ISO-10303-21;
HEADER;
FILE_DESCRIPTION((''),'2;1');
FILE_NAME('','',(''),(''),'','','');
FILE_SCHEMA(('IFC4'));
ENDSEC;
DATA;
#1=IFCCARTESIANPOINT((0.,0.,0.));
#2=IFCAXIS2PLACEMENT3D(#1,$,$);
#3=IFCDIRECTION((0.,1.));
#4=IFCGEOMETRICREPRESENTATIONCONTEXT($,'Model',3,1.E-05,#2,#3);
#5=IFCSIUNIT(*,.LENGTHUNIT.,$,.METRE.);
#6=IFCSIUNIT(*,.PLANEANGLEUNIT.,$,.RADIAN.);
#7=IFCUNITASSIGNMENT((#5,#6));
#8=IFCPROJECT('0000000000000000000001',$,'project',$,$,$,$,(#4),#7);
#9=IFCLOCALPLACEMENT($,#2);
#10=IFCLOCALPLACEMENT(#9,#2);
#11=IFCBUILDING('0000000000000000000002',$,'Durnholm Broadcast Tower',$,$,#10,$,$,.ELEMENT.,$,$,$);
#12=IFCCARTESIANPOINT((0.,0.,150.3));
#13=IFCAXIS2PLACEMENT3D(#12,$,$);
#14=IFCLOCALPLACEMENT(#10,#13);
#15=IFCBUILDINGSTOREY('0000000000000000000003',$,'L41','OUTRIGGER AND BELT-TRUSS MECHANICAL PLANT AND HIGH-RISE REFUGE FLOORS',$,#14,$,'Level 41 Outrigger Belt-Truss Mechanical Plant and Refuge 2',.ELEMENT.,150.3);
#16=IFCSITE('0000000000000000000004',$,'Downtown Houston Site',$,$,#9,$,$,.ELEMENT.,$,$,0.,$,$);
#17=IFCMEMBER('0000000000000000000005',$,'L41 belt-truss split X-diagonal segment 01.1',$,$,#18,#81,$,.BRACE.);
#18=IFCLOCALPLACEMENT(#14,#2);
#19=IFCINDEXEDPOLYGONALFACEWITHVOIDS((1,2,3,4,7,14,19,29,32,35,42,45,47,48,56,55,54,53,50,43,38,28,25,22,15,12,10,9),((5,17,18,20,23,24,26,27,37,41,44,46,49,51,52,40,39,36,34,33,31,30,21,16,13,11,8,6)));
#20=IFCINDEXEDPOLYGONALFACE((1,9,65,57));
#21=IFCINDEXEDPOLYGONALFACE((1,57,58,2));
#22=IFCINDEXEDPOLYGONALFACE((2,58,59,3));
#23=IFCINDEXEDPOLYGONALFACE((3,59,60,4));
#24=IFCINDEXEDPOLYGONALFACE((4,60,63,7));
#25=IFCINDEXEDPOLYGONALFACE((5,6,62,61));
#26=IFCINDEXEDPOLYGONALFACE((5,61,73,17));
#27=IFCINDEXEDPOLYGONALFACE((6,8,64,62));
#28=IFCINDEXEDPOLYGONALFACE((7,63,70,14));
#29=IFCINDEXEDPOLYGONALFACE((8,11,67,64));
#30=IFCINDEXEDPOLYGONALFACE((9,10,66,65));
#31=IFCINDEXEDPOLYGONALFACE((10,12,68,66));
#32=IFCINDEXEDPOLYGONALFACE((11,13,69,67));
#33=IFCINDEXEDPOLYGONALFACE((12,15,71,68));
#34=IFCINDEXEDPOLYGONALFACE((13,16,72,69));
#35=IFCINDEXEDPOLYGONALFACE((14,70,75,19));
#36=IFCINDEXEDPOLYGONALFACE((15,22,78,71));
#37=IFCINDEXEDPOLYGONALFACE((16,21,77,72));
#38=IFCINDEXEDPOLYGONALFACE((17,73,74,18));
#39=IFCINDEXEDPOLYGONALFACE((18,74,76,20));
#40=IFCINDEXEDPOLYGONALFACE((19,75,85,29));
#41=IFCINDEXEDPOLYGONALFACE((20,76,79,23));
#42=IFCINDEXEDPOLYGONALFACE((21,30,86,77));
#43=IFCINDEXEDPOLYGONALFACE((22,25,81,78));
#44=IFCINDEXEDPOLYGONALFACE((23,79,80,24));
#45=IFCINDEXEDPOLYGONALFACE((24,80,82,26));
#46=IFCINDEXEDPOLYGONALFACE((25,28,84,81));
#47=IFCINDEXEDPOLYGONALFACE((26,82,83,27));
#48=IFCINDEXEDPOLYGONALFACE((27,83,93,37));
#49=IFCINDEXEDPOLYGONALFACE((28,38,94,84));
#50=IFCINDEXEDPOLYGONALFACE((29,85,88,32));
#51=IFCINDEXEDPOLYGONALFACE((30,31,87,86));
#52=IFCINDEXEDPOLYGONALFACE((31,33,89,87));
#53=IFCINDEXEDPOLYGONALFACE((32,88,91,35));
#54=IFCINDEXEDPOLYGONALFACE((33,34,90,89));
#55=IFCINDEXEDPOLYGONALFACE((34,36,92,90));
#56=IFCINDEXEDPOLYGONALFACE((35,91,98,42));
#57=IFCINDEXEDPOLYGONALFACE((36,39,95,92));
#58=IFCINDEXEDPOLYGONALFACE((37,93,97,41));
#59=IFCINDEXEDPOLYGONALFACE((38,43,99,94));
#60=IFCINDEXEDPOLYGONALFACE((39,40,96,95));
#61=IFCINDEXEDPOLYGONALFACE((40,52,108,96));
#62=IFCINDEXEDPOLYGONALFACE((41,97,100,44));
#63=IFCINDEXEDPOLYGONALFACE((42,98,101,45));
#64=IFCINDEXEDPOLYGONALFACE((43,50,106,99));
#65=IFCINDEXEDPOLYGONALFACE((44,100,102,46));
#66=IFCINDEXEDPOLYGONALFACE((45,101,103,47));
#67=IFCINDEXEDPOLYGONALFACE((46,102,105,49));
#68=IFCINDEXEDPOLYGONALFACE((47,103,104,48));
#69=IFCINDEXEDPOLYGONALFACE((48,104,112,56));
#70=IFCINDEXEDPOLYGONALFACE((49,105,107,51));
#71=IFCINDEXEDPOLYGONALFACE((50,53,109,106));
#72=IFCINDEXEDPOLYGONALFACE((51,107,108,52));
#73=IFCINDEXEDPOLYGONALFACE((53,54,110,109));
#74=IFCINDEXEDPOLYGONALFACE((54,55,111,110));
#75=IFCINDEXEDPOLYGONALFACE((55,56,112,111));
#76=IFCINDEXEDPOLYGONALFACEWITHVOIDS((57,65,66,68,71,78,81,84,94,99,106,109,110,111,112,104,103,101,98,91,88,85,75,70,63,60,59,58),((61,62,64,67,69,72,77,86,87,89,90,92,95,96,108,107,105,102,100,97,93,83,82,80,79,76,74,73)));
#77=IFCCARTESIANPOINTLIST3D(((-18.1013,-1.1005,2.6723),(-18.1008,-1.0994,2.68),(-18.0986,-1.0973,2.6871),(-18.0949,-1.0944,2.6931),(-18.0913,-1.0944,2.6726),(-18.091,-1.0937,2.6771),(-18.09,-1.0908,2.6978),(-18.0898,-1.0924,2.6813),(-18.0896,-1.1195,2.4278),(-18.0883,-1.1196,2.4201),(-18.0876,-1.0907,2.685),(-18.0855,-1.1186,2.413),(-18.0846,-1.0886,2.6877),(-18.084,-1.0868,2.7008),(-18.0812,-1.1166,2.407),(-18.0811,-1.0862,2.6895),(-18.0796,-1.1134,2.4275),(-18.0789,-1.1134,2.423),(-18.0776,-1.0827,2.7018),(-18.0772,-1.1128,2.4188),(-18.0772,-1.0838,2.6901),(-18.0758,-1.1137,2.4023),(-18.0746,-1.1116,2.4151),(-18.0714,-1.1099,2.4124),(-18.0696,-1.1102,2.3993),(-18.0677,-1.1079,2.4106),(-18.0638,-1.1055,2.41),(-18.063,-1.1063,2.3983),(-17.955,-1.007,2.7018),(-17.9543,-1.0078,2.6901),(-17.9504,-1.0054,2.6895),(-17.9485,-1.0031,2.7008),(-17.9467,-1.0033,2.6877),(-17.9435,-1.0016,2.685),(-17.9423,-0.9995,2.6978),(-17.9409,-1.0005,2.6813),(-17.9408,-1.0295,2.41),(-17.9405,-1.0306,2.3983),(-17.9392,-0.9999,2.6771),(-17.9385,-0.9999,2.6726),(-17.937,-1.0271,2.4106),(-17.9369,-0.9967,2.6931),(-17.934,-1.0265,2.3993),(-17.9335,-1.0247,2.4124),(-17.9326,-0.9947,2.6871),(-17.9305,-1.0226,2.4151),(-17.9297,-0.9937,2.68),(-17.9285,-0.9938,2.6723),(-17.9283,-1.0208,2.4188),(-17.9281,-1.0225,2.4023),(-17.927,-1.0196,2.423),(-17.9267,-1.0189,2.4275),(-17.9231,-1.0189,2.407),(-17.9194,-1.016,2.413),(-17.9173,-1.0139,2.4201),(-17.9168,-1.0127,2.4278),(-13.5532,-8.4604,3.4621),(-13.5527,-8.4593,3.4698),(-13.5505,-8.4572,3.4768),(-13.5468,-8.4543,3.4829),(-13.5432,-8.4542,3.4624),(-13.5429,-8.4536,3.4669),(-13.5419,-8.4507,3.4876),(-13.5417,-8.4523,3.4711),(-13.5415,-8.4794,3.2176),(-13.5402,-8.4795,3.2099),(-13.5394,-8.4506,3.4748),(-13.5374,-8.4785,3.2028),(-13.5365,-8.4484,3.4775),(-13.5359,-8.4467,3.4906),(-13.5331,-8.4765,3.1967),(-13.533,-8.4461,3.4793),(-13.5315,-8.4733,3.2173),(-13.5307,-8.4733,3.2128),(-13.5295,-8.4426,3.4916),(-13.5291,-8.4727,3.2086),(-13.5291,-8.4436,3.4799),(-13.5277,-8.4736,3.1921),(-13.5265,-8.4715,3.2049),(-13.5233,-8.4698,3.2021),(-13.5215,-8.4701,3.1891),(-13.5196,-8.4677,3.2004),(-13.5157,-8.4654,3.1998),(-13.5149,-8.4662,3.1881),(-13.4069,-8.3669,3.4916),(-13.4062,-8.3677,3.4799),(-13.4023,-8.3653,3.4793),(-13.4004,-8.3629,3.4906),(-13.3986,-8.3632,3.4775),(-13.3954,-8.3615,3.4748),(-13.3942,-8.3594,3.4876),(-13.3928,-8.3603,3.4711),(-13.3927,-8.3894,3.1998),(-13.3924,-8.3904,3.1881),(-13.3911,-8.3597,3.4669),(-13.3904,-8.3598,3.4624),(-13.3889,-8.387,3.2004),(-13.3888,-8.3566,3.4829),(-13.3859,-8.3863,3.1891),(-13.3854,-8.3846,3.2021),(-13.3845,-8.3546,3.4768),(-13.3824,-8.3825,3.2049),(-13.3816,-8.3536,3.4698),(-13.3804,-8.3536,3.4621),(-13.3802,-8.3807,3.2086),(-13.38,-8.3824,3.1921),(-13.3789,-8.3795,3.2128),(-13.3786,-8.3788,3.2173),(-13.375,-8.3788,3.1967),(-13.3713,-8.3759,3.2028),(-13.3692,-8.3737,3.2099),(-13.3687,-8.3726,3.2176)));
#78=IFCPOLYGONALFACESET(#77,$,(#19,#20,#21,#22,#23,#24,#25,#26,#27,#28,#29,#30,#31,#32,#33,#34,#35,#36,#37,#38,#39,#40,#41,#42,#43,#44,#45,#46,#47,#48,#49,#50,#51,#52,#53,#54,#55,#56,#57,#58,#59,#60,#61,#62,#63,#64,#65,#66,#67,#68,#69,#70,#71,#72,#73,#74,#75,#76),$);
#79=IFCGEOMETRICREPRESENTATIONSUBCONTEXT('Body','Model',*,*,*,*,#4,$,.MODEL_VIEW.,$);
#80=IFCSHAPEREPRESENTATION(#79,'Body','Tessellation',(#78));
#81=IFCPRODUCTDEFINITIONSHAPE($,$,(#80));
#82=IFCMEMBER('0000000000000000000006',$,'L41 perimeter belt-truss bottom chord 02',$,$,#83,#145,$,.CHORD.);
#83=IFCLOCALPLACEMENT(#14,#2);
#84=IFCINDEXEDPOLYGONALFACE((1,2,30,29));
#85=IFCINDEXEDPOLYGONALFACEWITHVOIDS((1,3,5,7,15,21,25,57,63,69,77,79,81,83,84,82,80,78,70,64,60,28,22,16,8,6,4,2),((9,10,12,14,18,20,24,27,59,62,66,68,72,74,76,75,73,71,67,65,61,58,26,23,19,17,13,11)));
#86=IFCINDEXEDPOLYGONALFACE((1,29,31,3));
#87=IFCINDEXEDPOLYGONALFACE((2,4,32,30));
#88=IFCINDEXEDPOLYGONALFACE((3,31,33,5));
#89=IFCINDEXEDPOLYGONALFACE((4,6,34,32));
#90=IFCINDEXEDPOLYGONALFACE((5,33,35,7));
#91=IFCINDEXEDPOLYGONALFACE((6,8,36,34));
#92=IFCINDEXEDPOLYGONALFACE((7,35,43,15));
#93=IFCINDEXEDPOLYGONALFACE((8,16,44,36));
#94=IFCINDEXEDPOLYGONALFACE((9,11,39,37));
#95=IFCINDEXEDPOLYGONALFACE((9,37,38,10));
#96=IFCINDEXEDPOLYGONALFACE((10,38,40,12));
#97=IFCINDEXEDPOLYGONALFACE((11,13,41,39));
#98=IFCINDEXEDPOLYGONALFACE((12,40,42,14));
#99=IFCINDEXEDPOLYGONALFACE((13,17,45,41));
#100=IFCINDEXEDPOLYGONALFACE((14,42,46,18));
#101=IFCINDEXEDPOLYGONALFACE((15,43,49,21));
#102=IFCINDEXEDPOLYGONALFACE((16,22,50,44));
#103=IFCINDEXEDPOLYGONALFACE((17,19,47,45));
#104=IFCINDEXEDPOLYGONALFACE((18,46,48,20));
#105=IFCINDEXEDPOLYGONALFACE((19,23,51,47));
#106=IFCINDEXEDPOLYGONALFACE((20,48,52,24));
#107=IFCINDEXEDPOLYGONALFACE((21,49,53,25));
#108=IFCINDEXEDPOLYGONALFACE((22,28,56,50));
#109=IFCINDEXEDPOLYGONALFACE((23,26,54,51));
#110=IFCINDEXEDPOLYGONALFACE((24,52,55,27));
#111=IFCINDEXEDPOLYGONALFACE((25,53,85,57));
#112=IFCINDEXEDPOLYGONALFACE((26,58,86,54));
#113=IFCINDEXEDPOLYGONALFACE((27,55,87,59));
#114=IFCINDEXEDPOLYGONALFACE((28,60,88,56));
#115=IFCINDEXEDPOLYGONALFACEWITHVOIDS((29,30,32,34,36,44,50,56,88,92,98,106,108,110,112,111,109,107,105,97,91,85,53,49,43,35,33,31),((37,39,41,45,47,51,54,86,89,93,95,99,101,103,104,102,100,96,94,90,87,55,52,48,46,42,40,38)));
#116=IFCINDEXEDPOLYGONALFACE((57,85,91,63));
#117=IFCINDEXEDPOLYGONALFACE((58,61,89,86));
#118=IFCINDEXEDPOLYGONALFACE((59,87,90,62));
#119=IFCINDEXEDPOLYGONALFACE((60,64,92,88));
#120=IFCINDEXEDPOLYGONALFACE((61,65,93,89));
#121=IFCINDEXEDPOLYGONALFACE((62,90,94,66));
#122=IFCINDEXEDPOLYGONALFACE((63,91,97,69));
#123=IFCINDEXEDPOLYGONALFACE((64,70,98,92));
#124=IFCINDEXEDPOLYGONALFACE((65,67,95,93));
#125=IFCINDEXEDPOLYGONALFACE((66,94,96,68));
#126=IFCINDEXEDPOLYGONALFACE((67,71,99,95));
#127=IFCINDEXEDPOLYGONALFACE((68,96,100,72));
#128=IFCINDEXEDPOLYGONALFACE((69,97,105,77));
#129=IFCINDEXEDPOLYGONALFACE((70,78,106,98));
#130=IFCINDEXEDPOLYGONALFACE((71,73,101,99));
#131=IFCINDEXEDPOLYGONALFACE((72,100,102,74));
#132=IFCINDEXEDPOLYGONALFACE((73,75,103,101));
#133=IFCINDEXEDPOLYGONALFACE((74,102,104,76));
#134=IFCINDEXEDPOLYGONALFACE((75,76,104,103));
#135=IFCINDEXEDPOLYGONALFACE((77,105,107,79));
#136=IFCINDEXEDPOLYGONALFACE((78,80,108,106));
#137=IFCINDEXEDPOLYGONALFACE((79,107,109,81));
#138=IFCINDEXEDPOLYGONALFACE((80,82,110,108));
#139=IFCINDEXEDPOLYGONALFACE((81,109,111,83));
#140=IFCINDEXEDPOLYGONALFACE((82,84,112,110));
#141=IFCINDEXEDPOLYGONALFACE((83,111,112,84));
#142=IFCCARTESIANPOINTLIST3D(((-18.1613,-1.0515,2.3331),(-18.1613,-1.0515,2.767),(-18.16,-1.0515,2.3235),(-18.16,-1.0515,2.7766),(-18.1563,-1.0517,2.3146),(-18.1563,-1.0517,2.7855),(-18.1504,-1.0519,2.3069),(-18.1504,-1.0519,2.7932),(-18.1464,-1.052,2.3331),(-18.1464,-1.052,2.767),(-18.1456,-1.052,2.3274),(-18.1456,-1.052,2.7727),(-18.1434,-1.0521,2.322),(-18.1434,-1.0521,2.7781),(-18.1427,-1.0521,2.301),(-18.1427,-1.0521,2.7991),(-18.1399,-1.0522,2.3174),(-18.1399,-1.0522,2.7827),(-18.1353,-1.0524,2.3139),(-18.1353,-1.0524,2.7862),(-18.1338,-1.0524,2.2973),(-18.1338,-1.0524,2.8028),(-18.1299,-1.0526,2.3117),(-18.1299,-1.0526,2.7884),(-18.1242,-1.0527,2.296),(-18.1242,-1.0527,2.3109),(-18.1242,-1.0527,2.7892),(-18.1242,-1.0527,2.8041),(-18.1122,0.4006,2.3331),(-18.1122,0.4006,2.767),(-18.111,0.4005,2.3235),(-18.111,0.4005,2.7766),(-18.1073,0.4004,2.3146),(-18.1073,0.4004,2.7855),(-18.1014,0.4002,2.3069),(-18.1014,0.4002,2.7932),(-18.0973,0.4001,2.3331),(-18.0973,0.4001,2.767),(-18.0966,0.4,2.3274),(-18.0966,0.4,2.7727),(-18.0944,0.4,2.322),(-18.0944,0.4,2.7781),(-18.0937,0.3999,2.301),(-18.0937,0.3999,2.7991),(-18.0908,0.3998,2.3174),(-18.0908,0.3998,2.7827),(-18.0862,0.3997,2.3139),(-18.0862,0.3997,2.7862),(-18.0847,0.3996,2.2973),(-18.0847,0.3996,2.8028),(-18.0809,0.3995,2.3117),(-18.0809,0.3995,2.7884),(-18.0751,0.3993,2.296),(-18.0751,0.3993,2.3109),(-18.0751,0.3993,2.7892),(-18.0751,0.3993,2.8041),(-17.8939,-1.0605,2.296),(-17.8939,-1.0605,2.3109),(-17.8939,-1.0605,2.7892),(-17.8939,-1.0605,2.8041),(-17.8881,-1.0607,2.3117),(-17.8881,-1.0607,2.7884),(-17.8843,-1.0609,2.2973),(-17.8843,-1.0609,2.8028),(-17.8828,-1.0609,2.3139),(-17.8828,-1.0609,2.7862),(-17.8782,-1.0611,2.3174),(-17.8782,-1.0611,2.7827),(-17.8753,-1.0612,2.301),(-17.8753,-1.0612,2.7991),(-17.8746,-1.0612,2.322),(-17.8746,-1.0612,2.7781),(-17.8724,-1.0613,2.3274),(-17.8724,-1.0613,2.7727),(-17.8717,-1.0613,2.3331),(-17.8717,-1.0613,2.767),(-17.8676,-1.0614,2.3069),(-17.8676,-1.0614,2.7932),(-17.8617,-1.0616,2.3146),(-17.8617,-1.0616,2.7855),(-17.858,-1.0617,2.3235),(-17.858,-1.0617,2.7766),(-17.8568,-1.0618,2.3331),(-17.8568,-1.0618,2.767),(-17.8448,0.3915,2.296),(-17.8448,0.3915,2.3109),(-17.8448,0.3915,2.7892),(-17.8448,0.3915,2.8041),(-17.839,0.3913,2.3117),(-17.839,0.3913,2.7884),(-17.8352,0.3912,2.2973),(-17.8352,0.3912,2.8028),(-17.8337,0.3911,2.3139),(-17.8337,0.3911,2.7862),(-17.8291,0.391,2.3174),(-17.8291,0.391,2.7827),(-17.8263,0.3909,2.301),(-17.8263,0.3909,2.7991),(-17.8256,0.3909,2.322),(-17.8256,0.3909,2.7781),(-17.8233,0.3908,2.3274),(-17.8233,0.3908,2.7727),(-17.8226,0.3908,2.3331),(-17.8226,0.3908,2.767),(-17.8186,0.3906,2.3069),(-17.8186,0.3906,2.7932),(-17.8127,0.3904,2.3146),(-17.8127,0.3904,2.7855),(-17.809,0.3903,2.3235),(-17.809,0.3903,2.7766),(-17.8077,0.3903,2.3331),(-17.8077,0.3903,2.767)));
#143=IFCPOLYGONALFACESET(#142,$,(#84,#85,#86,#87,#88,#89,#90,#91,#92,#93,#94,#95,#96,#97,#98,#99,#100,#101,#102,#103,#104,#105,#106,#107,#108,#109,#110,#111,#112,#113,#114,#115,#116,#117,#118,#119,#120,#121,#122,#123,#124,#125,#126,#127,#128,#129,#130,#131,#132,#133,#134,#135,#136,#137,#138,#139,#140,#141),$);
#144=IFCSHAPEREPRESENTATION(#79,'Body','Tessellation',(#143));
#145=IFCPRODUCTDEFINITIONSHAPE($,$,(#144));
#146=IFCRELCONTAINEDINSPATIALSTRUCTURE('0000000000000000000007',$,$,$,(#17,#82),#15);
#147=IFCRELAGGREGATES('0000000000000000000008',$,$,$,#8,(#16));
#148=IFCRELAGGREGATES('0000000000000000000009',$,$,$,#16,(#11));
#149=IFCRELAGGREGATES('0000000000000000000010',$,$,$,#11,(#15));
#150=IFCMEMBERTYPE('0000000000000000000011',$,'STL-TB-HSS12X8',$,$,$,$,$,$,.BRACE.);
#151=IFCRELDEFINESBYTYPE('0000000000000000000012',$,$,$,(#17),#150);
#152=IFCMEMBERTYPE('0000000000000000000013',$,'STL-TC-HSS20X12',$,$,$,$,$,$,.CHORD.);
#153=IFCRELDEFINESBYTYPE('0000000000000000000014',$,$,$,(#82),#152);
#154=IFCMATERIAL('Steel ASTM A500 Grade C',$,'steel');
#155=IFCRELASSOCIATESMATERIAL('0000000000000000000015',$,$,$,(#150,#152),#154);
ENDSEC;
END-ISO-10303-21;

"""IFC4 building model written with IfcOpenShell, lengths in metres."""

from ifc_helpers import new_model, si_unit, direction, frame, origin, origin_2d, place, context, subcontext, project, spatial, hollow_rectangle, extrude, source, transform, mapped, material, material_profile, profile_set, type_object, type_shapes, element, save


model = new_model("IFC4")

# Units and contexts
model_context = context("Model", 3, precision=1e-05, world=origin(), true_north=direction((0.0, 1.0)))
body_context = subcontext(model_context, "Body", "Model", "MODEL_VIEW")
ifc_project = project(units=[si_unit("LENGTHUNIT", "METRE"), si_unit("PLANEANGLEUNIT", "RADIAN")], contexts=[model_context])

# Site, building, storey
site_placement = place(None, origin())
site = spatial("IfcSite", under=ifc_project, at=site_placement, Name="Downtown Houston Site", CompositionType="ELEMENT", RefElevation=0.0)
building_placement = place(site_placement, origin())
building = spatial("IfcBuilding", under=site, at=building_placement, Name="Durnholm Broadcast Tower", CompositionType="ELEMENT")
storey_placement = place(building_placement, frame((0.0, 0.0, 150.3)))
storey = spatial("IfcBuildingStorey", under=building, at=storey_placement, Name="L41", Description="OUTRIGGER AND BELT-TRUSS MECHANICAL PLANT AND HIGH-RISE REFUGE FLOORS", LongName="Level 41 Outrigger Belt-Truss Mechanical Plant and Refuge 2", CompositionType="ELEMENT", Elevation=150.3)

# Members
ifc_material_1 = material(Name="Steel ASTM A500 Grade C", Category="steel")
ifc_material_profile_1 = material_profile(ifc_material_1, hollow_rectangle(XDim=0.2031, YDim=0.3047, WallThickness=0.0117, InnerFilletRadius=0.0176, OuterFilletRadius=0.0295, at=origin_2d()), Name="HSS12X8X1/2")
ifc_profile_set_1 = profile_set([ifc_material_profile_1], Name="Steel ASTM A500 Grade C")
member_type_1 = type_object("IfcMemberType", Name="STL-TB-HSS12X8", PredefinedType="BRACE", material=ifc_profile_set_1)
shared_shape_1 = source(origin(), body_context, "Body", "SweptSolid", [
    extrude(hollow_rectangle(XDim=0.2031, YDim=0.3047, WallThickness=0.0117, InnerFilletRadius=0.0176, OuterFilletRadius=0.0295, at=origin_2d()), origin(), (0.0, 0.0, 1.0), 8.6877),
])
type_shapes(member_type_1, [shared_shape_1])
member_1_placement = place(storey_placement, frame((-18.009, -1.0566, 2.55), z_axis=(0.523508, -0.847157, 0.090909), x_axis=(0.850679, 0.525685, 0.0)))
element("IfcMember", 1, at=member_1_placement, inside=storey, type_object=member_type_1, Name="L41 belt-truss split X-diagonal segment 01.1", PredefinedType="BRACE", context=body_context, shape_type="MappedRepresentation", body=[
    mapped(shared_shape_1, transform((0.0, 0.0, 0.0), x_axis=(1.0, 0.0, 0.0), y_axis=(0.0, 1.0, 0.0), z_axis=(0.0, 0.0, 1.0), scale=1.0)),
])
ifc_material_profile_2 = material_profile(ifc_material_1, hollow_rectangle(XDim=0.3047, YDim=0.5081, WallThickness=0.0149, InnerFilletRadius=0.0222, OuterFilletRadius=0.0371, at=origin_2d()), Name="HSS20X12X5/8")
ifc_profile_set_2 = profile_set([ifc_material_profile_2], Name="Steel ASTM A500 Grade C")
member_type_2 = type_object("IfcMemberType", Name="STL-TC-HSS20X12", PredefinedType="CHORD", material=ifc_profile_set_2)
shared_shape_2 = source(origin(), body_context, "Body", "SweptSolid", [
    extrude(hollow_rectangle(XDim=0.3047, YDim=0.5081, WallThickness=0.0149, InnerFilletRadius=0.0222, OuterFilletRadius=0.0371, at=origin_2d()), origin(), (0.0, 0.0, 1.0), 1.4529),
])
type_shapes(member_type_2, [shared_shape_2])
member_2_placement = place(storey_placement, frame((-18.009, -1.0566, 2.55), z_axis=(0.033774, 0.99943, 0.0), x_axis=(-0.99943, 0.033774, 0.0)))
element("IfcMember", 2, at=member_2_placement, inside=storey, type_object=member_type_2, Name="L41 perimeter belt-truss bottom chord 02", PredefinedType="CHORD", context=body_context, shape_type="MappedRepresentation", body=[
    mapped(shared_shape_2, transform((0.0, 0.0, 0.0), x_axis=(1.0, 0.0, 0.0), y_axis=(0.0, 1.0, 0.0), z_axis=(0.0, 0.0, 1.0), scale=1.0)),
])

save(model, "model.ifc")
